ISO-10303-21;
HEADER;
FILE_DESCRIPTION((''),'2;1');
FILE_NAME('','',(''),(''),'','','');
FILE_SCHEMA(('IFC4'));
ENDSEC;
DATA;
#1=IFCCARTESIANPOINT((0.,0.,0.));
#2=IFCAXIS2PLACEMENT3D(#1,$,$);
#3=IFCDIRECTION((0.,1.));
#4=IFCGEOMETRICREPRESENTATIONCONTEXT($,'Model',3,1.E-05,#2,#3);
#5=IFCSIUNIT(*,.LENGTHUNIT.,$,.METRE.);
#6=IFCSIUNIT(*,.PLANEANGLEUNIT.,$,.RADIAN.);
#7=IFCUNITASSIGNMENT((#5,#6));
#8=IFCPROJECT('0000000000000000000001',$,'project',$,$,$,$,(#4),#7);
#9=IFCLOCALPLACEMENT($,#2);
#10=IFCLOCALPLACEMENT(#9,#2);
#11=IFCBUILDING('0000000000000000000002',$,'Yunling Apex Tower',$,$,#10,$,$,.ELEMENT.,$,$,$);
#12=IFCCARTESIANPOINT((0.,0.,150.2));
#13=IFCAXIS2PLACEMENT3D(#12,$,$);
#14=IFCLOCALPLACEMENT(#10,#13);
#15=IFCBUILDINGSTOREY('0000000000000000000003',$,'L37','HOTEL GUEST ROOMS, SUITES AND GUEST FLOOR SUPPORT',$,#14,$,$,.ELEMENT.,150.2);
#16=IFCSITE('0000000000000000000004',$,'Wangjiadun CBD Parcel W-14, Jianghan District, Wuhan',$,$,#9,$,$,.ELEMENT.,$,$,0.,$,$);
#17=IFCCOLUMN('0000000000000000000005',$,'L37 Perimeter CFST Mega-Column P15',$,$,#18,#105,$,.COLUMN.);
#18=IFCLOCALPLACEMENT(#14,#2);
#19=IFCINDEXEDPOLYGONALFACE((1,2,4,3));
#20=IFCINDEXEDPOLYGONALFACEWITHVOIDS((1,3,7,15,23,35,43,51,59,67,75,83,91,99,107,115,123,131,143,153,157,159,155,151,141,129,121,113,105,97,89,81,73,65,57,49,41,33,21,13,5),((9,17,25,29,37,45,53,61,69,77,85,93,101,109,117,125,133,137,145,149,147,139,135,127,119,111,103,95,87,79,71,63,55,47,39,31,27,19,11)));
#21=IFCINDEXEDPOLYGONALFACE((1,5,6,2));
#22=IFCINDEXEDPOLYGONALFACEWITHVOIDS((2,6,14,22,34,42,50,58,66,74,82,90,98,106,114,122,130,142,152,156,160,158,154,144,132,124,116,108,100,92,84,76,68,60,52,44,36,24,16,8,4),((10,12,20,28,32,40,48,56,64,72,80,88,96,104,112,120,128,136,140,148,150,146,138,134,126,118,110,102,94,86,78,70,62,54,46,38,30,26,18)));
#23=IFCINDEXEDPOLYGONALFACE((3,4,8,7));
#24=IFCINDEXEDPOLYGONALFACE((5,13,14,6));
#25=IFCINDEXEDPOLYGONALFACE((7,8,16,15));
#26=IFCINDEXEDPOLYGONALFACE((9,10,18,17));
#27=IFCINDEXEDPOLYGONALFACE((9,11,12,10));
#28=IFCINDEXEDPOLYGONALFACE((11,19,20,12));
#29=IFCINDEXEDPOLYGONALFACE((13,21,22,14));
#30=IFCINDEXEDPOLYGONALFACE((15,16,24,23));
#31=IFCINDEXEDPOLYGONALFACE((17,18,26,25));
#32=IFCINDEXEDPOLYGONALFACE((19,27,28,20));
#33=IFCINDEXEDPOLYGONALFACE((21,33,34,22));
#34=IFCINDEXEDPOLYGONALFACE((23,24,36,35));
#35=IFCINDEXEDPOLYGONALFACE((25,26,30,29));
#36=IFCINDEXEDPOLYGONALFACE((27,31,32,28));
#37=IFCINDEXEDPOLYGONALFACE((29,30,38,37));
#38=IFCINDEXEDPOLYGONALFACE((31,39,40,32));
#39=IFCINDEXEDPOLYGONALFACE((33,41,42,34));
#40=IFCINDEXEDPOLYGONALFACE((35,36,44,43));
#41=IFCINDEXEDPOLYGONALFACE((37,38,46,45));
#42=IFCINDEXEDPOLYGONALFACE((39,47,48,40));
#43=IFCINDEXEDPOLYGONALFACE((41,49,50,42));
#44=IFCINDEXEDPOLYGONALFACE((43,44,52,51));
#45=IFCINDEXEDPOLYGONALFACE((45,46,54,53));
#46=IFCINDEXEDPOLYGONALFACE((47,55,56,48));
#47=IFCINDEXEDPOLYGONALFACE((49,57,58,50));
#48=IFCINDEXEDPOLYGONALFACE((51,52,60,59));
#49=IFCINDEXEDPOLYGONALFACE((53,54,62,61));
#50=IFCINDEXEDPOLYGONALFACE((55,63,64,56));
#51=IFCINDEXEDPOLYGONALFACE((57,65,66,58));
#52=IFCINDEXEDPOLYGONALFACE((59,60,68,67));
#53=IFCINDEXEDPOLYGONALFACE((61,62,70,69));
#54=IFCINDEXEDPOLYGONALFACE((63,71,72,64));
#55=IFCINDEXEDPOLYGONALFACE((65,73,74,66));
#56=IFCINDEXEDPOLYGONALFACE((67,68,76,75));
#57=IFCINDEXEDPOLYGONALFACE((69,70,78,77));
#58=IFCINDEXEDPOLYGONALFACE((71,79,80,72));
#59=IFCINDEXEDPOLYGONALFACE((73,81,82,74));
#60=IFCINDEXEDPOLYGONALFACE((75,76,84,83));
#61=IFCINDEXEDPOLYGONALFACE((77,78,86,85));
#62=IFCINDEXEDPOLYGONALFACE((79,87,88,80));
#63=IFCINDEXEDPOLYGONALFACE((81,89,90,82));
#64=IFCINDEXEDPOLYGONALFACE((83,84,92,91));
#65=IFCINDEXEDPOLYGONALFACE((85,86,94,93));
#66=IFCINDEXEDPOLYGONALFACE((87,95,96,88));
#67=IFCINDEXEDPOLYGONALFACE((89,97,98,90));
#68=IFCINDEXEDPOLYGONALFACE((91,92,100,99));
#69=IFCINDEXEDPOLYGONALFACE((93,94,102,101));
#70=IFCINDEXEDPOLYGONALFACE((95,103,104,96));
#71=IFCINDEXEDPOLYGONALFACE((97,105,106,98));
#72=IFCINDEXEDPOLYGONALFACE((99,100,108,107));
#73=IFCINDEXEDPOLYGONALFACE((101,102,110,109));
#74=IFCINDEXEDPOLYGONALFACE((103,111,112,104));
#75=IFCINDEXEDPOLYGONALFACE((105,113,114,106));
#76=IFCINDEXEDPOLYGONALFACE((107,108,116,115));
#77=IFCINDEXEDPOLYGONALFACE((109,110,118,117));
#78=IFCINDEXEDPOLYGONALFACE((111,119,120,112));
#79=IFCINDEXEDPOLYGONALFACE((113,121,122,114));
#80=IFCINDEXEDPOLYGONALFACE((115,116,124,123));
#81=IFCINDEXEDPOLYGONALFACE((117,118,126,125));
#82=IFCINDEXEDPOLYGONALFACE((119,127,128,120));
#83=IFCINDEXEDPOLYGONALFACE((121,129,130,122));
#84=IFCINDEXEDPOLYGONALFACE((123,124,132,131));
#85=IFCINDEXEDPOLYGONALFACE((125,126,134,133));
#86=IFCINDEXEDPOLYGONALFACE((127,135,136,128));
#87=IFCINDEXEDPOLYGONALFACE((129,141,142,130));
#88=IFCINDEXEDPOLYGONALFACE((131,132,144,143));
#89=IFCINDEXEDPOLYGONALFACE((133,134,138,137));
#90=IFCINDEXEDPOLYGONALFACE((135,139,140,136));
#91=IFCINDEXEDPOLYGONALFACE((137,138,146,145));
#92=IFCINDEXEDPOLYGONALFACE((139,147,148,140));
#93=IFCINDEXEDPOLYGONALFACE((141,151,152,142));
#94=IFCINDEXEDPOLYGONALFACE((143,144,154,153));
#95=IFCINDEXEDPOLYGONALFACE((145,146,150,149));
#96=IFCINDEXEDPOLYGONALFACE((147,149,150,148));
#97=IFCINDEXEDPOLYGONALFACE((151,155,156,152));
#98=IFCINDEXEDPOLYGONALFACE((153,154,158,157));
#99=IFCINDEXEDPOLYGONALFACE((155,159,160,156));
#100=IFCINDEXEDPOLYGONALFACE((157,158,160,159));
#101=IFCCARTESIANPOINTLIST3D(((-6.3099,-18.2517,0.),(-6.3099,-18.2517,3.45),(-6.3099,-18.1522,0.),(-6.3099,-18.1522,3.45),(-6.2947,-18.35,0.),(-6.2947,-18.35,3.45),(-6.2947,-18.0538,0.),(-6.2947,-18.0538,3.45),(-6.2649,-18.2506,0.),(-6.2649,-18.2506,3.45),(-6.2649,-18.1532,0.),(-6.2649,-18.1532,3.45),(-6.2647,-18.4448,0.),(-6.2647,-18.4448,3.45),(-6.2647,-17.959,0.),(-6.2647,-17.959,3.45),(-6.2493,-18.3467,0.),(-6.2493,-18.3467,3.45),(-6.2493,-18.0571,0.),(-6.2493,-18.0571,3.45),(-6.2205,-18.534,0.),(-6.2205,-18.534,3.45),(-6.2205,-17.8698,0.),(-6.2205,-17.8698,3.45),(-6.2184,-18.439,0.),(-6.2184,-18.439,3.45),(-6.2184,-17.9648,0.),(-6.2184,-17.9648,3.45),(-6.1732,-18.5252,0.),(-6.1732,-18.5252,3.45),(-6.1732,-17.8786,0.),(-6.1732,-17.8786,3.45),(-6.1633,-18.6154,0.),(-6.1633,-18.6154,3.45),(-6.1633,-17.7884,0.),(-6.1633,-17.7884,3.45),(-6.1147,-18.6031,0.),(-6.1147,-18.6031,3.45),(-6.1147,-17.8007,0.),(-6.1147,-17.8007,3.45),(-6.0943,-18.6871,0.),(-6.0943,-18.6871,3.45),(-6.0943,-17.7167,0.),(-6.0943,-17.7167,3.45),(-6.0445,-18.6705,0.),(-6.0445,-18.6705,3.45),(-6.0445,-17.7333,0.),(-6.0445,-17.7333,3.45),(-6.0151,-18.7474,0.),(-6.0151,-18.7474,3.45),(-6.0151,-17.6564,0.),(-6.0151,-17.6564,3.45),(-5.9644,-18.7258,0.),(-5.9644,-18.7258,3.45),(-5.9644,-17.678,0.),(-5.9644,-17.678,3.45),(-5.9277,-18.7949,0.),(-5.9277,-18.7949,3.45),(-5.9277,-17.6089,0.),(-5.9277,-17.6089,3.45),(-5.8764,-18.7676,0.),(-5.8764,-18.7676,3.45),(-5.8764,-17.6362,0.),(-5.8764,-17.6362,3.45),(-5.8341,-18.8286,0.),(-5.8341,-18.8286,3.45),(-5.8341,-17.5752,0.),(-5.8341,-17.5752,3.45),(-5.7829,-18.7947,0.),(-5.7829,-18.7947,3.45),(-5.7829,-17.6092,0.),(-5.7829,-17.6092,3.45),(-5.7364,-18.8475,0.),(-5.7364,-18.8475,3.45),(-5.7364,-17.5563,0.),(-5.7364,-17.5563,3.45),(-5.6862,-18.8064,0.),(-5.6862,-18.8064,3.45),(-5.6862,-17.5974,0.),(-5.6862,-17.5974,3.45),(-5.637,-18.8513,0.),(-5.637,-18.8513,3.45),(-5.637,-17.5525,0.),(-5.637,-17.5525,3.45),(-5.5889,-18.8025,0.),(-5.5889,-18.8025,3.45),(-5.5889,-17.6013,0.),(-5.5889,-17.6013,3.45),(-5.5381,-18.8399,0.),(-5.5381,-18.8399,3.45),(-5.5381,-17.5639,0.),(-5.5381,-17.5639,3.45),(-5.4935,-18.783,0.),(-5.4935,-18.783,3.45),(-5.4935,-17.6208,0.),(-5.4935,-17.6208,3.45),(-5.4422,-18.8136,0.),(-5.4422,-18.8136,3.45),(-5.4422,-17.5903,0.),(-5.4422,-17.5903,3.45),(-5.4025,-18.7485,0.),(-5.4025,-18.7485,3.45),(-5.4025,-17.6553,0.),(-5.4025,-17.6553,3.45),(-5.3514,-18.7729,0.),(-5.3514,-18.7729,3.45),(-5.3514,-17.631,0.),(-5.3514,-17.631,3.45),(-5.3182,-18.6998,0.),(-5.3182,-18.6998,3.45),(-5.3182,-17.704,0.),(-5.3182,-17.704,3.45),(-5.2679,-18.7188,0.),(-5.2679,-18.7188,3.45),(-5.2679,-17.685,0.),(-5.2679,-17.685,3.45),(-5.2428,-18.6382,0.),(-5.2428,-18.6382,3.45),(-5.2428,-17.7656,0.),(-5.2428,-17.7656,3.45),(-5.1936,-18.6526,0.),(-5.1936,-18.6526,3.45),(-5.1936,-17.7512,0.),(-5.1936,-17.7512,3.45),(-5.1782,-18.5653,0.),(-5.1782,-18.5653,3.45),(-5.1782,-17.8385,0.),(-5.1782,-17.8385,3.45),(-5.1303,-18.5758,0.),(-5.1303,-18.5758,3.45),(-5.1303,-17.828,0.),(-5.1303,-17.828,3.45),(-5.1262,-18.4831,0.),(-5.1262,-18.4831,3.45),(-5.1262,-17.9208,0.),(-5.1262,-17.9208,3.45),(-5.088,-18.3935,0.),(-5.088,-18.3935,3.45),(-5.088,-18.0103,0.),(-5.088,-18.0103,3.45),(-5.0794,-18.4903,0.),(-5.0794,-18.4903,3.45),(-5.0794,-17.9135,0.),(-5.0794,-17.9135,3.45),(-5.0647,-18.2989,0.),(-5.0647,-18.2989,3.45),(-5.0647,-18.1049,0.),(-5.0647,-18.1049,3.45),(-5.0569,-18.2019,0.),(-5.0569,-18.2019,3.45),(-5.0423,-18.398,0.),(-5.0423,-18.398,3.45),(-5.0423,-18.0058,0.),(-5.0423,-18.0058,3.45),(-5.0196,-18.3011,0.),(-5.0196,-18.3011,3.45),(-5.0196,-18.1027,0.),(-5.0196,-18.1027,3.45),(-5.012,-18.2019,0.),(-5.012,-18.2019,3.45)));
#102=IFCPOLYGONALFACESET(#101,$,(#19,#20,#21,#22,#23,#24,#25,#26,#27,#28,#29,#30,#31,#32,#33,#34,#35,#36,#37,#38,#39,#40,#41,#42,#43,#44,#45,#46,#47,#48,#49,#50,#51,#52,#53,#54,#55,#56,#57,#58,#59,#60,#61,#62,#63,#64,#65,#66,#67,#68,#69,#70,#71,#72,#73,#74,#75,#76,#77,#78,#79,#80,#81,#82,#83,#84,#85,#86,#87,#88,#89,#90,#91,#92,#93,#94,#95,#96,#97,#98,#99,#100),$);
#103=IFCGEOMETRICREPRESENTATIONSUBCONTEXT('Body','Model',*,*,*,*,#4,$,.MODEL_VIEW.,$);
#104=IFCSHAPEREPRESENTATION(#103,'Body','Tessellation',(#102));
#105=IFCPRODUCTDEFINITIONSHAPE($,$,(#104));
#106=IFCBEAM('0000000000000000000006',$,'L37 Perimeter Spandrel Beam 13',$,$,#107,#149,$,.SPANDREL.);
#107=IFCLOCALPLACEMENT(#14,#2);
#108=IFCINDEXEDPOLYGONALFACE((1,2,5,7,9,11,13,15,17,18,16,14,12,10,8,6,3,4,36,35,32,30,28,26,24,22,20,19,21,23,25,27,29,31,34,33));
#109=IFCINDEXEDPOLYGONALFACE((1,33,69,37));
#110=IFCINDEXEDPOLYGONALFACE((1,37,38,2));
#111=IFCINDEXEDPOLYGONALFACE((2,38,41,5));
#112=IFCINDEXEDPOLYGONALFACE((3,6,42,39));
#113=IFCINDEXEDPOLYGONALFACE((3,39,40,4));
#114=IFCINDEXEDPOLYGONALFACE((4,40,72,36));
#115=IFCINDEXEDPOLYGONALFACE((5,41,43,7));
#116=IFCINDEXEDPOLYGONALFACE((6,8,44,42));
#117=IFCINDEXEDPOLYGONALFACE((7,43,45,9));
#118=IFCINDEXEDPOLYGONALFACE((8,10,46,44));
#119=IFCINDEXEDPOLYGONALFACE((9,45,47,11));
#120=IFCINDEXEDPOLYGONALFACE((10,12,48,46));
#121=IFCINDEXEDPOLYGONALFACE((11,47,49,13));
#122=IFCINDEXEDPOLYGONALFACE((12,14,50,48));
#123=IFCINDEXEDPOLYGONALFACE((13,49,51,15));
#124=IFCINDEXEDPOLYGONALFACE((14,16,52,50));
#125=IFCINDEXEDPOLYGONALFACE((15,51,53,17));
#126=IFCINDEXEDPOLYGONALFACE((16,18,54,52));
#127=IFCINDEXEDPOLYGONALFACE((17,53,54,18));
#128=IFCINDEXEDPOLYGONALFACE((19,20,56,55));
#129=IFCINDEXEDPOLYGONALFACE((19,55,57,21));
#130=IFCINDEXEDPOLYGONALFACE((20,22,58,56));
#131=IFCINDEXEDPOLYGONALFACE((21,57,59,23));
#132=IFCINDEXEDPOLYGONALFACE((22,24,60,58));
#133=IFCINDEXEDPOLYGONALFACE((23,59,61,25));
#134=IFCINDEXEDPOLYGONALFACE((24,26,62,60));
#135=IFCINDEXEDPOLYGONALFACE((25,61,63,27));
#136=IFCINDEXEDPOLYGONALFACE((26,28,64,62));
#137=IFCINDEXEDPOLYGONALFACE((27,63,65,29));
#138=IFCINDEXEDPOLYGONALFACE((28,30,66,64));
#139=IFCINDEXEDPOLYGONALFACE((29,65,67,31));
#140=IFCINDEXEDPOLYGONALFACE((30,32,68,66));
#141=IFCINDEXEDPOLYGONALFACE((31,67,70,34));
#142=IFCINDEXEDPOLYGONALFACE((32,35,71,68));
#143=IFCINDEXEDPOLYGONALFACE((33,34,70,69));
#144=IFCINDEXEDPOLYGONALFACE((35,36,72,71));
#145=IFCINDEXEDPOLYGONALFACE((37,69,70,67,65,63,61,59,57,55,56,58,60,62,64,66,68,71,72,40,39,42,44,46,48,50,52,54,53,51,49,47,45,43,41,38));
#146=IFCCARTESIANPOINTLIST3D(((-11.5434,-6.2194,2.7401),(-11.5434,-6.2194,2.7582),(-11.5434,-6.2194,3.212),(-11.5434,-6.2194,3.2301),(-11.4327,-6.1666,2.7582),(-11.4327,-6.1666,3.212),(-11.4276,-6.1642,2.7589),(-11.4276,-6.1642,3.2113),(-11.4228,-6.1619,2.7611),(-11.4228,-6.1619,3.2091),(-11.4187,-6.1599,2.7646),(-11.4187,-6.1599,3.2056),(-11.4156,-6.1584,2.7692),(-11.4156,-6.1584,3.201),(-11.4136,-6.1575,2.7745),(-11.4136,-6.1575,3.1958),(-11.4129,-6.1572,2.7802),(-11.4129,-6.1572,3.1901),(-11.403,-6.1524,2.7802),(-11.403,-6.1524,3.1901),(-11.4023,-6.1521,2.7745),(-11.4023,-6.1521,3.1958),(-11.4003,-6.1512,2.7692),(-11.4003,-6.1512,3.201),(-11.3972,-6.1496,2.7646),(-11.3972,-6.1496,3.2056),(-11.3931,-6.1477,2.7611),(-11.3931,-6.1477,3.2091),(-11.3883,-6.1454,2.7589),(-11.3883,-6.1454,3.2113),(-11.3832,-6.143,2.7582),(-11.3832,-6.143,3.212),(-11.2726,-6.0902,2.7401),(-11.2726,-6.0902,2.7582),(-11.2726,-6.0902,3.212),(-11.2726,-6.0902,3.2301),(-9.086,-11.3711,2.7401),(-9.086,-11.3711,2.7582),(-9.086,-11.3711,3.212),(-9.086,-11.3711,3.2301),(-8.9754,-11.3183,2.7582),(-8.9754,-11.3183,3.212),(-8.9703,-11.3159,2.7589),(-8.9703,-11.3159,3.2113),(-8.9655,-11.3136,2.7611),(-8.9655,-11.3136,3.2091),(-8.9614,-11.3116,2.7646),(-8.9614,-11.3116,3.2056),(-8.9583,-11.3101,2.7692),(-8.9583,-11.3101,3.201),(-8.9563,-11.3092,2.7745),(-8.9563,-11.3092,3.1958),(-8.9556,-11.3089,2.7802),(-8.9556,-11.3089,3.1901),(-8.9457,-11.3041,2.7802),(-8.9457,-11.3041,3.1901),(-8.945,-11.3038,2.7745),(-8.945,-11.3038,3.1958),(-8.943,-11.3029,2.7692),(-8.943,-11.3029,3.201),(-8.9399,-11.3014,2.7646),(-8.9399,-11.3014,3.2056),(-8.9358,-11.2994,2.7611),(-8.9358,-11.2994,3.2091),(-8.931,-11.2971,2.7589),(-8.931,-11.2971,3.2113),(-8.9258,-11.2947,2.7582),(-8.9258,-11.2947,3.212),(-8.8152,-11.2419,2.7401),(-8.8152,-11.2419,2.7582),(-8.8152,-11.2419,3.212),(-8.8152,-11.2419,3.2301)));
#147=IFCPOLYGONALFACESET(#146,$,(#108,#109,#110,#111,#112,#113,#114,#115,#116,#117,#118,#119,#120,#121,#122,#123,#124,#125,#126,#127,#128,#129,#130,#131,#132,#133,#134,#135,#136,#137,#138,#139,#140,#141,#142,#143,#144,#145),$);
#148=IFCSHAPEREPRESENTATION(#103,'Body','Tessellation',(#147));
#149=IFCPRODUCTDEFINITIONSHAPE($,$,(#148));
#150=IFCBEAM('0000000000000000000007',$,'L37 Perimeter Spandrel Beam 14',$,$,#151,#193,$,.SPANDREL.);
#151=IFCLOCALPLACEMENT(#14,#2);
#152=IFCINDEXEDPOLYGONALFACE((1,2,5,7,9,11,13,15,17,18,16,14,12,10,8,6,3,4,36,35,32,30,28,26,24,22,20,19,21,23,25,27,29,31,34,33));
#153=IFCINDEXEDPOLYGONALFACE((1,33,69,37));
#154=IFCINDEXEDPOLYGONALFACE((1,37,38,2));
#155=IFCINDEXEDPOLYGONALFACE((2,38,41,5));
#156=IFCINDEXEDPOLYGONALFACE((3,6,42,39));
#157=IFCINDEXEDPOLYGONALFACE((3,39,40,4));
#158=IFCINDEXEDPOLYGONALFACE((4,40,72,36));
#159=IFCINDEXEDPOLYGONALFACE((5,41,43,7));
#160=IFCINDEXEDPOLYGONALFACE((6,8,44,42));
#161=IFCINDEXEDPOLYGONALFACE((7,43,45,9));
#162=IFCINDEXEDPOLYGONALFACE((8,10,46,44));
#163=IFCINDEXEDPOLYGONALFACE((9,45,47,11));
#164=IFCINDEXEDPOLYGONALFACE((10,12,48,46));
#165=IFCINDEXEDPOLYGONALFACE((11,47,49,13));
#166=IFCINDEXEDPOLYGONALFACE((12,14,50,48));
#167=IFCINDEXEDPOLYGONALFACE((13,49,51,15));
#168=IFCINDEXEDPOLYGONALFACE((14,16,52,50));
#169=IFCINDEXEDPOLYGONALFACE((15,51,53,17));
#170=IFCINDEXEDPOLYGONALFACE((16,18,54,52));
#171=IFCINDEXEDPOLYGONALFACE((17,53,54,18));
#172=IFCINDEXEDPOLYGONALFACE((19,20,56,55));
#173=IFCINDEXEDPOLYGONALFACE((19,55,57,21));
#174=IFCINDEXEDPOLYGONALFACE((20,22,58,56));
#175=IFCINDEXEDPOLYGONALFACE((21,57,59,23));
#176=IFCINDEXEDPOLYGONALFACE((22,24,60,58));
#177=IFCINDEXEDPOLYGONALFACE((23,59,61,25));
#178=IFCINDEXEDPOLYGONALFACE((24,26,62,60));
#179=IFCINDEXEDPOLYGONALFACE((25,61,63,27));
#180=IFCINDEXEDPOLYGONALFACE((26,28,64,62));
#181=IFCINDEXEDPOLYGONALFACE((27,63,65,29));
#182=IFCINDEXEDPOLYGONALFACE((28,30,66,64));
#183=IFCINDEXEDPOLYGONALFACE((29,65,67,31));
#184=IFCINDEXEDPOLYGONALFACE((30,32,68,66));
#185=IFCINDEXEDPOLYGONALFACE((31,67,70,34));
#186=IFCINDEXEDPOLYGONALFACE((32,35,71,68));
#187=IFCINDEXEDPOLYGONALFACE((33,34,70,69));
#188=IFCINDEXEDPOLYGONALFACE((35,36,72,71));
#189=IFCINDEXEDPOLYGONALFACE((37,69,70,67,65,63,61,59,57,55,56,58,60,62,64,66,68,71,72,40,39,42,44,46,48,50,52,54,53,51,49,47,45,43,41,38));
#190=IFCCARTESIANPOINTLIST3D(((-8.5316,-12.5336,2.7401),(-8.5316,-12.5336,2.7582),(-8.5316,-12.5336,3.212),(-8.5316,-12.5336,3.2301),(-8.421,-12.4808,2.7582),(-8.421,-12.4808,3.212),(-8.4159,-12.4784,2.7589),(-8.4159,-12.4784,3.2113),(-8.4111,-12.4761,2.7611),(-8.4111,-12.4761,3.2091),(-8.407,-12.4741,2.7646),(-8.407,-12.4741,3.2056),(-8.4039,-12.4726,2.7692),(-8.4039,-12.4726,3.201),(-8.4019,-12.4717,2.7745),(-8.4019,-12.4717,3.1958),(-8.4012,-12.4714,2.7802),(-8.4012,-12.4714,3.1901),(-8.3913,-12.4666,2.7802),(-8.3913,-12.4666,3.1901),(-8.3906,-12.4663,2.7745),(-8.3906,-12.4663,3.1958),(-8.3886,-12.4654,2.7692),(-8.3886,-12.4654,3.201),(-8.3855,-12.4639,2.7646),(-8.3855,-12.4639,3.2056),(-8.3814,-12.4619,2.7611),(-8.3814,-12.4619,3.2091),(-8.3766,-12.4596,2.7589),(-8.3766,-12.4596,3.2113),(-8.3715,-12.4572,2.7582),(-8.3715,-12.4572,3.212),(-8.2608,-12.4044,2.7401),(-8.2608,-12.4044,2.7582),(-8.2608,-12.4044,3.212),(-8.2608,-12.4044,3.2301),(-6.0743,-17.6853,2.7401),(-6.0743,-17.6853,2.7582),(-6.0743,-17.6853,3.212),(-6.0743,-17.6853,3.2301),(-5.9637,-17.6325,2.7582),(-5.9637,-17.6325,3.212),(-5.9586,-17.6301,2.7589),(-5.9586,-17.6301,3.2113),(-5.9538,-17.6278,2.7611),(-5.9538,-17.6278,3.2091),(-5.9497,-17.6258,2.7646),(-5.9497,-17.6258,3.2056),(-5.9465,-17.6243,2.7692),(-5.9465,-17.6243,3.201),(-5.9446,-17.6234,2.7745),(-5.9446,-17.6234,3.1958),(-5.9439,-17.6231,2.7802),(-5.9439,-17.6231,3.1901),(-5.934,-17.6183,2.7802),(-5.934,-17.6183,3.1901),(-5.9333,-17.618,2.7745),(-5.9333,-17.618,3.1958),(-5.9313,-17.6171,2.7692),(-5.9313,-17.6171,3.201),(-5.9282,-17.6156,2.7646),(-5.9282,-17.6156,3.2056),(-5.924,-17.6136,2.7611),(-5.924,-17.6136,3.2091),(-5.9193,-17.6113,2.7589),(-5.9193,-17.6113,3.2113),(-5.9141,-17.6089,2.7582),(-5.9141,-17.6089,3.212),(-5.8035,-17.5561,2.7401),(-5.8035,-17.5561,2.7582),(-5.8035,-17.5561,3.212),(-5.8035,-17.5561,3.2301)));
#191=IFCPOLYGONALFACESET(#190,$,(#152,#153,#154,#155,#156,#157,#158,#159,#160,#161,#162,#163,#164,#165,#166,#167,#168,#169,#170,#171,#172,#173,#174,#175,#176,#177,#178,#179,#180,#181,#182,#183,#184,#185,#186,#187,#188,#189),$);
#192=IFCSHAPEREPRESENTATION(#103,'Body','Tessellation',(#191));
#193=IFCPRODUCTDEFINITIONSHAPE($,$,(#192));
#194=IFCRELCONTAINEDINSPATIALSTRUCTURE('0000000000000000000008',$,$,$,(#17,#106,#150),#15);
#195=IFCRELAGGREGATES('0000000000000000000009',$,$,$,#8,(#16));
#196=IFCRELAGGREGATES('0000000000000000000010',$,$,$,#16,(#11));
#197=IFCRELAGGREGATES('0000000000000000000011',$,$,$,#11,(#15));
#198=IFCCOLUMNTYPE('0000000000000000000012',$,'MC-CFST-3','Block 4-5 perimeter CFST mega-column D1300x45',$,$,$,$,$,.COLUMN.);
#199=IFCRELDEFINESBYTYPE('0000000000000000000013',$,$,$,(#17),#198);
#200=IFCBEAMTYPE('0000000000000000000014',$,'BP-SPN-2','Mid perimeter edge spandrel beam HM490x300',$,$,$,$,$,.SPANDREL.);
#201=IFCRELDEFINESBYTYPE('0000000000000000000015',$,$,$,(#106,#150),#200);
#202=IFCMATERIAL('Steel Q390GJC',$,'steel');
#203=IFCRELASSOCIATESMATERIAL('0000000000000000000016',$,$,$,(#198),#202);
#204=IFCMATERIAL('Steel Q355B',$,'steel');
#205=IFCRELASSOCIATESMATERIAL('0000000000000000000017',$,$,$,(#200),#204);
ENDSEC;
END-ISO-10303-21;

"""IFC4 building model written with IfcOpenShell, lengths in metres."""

from ifc_helpers import new_model, si_unit, direction, frame, origin, origin_2d, place, context, subcontext, project, spatial, hollow_circle, i_section, extrude, source, transform, mapped, material, material_profile, profile_set, type_object, element, save


model = new_model("IFC4")

# Units and contexts
model_context = context("Model", 3, precision=1e-05, world=origin(), true_north=direction((0.0, 1.0)))
body_context = subcontext(model_context, "Body", "Model", "MODEL_VIEW")
ifc_project = project(units=[si_unit("LENGTHUNIT", "METRE"), si_unit("PLANEANGLEUNIT", "RADIAN")], contexts=[model_context])

# Site, building, storey
site_placement = place(None, origin())
site = spatial("IfcSite", under=ifc_project, at=site_placement, Name="Wangjiadun CBD Parcel W-14, Jianghan District, Wuhan", CompositionType="ELEMENT", RefElevation=0.0)
building_placement = place(site_placement, origin())
building = spatial("IfcBuilding", under=site, at=building_placement, Name="Yunling Apex Tower", CompositionType="ELEMENT")
storey_placement = place(building_placement, frame((0.0, 0.0, 150.2)))
storey = spatial("IfcBuildingStorey", under=building, at=storey_placement, Name="L37", Description="HOTEL GUEST ROOMS, SUITES AND GUEST FLOOR SUPPORT", CompositionType="ELEMENT", Elevation=150.2)

# Column
ifc_material_1 = material(Name="Steel Q390GJC", Category="steel")
ifc_material_profile_1 = material_profile(ifc_material_1, hollow_circle(Radius=0.6499, WallThickness=0.0449, at=origin_2d()))
ifc_profile_set_1 = profile_set([ifc_material_profile_1], Name="Steel Q390GJC")
column_type = type_object("IfcColumnType", Name="MC-CFST-3", Description="Block 4-5 perimeter CFST mega-column D1300x45", PredefinedType="COLUMN", material=ifc_profile_set_1)
shared_shape_1 = source(origin(), body_context, "Body", "SweptSolid", [
    extrude(hollow_circle(Radius=0.6499, WallThickness=0.0449, at=origin_2d()), origin(), (0.0, 0.0, 1.0), 3.45),
])
for number, where, z_axis, x_axis, name in (
    (1, (-5.6619, -18.2019, 0.0), (0.0, 0.0, 1.0), (1.0, 0.0, 0.0), "L37 Perimeter CFST Mega-Column P15"),
):
    element("IfcColumn", number, at=place(storey_placement, frame(where, z_axis=z_axis, x_axis=x_axis)), inside=storey, type_object=column_type, Name=name, PredefinedType="COLUMN", context=body_context, shape_type="MappedRepresentation", body=[
        mapped(shared_shape_1, transform((0.0, 0.0, 0.0), scale=1.0)),
    ])

# Beams
ifc_material_2 = material(Name="Steel Q355B", Category="steel")
ifc_material_profile_2 = material_profile(ifc_material_2, i_section(OverallWidth=0.3, OverallDepth=0.49, WebThickness=0.011, FlangeThickness=0.0181, FilletRadius=0.022, at=origin_2d()))
ifc_profile_set_2 = profile_set([ifc_material_profile_2], Name="Steel Q355B")
beam_type_1 = type_object("IfcBeamType", Name="BP-SPN-2", Description="Mid perimeter edge spandrel beam HM490x300", PredefinedType="SPANDREL", material=ifc_profile_set_2)
shared_shape_2 = source(origin(), body_context, "Body", "SweptSolid", [
    extrude(i_section(OverallWidth=0.3, OverallDepth=0.49, WebThickness=0.011, FlangeThickness=0.0181, FilletRadius=0.022, at=origin_2d()), origin(), (0.0, 0.0, 1.0), 5.7078),
])
for number, where, z_axis, x_axis, name in (
    (2, (-11.408, -6.1548, 2.9851), (0.430523, -0.90258, 0.0), (0.90258, 0.430523, 0.0), "L37 Perimeter Spandrel Beam 13"),
    (3, (-8.3962, -12.469, 2.9851), (0.430523, -0.90258, 0.0), (0.90258, 0.430523, 0.0), "L37 Perimeter Spandrel Beam 14"),
):
    element("IfcBeam", number, at=place(storey_placement, frame(where, z_axis=z_axis, x_axis=x_axis)), inside=storey, type_object=beam_type_1, Name=name, PredefinedType="SPANDREL", context=body_context, shape_type="MappedRepresentation", body=[
        mapped(shared_shape_2, transform((0.0, 0.0, 0.0), scale=1.0)),
    ])

save(model, "model.ifc")
